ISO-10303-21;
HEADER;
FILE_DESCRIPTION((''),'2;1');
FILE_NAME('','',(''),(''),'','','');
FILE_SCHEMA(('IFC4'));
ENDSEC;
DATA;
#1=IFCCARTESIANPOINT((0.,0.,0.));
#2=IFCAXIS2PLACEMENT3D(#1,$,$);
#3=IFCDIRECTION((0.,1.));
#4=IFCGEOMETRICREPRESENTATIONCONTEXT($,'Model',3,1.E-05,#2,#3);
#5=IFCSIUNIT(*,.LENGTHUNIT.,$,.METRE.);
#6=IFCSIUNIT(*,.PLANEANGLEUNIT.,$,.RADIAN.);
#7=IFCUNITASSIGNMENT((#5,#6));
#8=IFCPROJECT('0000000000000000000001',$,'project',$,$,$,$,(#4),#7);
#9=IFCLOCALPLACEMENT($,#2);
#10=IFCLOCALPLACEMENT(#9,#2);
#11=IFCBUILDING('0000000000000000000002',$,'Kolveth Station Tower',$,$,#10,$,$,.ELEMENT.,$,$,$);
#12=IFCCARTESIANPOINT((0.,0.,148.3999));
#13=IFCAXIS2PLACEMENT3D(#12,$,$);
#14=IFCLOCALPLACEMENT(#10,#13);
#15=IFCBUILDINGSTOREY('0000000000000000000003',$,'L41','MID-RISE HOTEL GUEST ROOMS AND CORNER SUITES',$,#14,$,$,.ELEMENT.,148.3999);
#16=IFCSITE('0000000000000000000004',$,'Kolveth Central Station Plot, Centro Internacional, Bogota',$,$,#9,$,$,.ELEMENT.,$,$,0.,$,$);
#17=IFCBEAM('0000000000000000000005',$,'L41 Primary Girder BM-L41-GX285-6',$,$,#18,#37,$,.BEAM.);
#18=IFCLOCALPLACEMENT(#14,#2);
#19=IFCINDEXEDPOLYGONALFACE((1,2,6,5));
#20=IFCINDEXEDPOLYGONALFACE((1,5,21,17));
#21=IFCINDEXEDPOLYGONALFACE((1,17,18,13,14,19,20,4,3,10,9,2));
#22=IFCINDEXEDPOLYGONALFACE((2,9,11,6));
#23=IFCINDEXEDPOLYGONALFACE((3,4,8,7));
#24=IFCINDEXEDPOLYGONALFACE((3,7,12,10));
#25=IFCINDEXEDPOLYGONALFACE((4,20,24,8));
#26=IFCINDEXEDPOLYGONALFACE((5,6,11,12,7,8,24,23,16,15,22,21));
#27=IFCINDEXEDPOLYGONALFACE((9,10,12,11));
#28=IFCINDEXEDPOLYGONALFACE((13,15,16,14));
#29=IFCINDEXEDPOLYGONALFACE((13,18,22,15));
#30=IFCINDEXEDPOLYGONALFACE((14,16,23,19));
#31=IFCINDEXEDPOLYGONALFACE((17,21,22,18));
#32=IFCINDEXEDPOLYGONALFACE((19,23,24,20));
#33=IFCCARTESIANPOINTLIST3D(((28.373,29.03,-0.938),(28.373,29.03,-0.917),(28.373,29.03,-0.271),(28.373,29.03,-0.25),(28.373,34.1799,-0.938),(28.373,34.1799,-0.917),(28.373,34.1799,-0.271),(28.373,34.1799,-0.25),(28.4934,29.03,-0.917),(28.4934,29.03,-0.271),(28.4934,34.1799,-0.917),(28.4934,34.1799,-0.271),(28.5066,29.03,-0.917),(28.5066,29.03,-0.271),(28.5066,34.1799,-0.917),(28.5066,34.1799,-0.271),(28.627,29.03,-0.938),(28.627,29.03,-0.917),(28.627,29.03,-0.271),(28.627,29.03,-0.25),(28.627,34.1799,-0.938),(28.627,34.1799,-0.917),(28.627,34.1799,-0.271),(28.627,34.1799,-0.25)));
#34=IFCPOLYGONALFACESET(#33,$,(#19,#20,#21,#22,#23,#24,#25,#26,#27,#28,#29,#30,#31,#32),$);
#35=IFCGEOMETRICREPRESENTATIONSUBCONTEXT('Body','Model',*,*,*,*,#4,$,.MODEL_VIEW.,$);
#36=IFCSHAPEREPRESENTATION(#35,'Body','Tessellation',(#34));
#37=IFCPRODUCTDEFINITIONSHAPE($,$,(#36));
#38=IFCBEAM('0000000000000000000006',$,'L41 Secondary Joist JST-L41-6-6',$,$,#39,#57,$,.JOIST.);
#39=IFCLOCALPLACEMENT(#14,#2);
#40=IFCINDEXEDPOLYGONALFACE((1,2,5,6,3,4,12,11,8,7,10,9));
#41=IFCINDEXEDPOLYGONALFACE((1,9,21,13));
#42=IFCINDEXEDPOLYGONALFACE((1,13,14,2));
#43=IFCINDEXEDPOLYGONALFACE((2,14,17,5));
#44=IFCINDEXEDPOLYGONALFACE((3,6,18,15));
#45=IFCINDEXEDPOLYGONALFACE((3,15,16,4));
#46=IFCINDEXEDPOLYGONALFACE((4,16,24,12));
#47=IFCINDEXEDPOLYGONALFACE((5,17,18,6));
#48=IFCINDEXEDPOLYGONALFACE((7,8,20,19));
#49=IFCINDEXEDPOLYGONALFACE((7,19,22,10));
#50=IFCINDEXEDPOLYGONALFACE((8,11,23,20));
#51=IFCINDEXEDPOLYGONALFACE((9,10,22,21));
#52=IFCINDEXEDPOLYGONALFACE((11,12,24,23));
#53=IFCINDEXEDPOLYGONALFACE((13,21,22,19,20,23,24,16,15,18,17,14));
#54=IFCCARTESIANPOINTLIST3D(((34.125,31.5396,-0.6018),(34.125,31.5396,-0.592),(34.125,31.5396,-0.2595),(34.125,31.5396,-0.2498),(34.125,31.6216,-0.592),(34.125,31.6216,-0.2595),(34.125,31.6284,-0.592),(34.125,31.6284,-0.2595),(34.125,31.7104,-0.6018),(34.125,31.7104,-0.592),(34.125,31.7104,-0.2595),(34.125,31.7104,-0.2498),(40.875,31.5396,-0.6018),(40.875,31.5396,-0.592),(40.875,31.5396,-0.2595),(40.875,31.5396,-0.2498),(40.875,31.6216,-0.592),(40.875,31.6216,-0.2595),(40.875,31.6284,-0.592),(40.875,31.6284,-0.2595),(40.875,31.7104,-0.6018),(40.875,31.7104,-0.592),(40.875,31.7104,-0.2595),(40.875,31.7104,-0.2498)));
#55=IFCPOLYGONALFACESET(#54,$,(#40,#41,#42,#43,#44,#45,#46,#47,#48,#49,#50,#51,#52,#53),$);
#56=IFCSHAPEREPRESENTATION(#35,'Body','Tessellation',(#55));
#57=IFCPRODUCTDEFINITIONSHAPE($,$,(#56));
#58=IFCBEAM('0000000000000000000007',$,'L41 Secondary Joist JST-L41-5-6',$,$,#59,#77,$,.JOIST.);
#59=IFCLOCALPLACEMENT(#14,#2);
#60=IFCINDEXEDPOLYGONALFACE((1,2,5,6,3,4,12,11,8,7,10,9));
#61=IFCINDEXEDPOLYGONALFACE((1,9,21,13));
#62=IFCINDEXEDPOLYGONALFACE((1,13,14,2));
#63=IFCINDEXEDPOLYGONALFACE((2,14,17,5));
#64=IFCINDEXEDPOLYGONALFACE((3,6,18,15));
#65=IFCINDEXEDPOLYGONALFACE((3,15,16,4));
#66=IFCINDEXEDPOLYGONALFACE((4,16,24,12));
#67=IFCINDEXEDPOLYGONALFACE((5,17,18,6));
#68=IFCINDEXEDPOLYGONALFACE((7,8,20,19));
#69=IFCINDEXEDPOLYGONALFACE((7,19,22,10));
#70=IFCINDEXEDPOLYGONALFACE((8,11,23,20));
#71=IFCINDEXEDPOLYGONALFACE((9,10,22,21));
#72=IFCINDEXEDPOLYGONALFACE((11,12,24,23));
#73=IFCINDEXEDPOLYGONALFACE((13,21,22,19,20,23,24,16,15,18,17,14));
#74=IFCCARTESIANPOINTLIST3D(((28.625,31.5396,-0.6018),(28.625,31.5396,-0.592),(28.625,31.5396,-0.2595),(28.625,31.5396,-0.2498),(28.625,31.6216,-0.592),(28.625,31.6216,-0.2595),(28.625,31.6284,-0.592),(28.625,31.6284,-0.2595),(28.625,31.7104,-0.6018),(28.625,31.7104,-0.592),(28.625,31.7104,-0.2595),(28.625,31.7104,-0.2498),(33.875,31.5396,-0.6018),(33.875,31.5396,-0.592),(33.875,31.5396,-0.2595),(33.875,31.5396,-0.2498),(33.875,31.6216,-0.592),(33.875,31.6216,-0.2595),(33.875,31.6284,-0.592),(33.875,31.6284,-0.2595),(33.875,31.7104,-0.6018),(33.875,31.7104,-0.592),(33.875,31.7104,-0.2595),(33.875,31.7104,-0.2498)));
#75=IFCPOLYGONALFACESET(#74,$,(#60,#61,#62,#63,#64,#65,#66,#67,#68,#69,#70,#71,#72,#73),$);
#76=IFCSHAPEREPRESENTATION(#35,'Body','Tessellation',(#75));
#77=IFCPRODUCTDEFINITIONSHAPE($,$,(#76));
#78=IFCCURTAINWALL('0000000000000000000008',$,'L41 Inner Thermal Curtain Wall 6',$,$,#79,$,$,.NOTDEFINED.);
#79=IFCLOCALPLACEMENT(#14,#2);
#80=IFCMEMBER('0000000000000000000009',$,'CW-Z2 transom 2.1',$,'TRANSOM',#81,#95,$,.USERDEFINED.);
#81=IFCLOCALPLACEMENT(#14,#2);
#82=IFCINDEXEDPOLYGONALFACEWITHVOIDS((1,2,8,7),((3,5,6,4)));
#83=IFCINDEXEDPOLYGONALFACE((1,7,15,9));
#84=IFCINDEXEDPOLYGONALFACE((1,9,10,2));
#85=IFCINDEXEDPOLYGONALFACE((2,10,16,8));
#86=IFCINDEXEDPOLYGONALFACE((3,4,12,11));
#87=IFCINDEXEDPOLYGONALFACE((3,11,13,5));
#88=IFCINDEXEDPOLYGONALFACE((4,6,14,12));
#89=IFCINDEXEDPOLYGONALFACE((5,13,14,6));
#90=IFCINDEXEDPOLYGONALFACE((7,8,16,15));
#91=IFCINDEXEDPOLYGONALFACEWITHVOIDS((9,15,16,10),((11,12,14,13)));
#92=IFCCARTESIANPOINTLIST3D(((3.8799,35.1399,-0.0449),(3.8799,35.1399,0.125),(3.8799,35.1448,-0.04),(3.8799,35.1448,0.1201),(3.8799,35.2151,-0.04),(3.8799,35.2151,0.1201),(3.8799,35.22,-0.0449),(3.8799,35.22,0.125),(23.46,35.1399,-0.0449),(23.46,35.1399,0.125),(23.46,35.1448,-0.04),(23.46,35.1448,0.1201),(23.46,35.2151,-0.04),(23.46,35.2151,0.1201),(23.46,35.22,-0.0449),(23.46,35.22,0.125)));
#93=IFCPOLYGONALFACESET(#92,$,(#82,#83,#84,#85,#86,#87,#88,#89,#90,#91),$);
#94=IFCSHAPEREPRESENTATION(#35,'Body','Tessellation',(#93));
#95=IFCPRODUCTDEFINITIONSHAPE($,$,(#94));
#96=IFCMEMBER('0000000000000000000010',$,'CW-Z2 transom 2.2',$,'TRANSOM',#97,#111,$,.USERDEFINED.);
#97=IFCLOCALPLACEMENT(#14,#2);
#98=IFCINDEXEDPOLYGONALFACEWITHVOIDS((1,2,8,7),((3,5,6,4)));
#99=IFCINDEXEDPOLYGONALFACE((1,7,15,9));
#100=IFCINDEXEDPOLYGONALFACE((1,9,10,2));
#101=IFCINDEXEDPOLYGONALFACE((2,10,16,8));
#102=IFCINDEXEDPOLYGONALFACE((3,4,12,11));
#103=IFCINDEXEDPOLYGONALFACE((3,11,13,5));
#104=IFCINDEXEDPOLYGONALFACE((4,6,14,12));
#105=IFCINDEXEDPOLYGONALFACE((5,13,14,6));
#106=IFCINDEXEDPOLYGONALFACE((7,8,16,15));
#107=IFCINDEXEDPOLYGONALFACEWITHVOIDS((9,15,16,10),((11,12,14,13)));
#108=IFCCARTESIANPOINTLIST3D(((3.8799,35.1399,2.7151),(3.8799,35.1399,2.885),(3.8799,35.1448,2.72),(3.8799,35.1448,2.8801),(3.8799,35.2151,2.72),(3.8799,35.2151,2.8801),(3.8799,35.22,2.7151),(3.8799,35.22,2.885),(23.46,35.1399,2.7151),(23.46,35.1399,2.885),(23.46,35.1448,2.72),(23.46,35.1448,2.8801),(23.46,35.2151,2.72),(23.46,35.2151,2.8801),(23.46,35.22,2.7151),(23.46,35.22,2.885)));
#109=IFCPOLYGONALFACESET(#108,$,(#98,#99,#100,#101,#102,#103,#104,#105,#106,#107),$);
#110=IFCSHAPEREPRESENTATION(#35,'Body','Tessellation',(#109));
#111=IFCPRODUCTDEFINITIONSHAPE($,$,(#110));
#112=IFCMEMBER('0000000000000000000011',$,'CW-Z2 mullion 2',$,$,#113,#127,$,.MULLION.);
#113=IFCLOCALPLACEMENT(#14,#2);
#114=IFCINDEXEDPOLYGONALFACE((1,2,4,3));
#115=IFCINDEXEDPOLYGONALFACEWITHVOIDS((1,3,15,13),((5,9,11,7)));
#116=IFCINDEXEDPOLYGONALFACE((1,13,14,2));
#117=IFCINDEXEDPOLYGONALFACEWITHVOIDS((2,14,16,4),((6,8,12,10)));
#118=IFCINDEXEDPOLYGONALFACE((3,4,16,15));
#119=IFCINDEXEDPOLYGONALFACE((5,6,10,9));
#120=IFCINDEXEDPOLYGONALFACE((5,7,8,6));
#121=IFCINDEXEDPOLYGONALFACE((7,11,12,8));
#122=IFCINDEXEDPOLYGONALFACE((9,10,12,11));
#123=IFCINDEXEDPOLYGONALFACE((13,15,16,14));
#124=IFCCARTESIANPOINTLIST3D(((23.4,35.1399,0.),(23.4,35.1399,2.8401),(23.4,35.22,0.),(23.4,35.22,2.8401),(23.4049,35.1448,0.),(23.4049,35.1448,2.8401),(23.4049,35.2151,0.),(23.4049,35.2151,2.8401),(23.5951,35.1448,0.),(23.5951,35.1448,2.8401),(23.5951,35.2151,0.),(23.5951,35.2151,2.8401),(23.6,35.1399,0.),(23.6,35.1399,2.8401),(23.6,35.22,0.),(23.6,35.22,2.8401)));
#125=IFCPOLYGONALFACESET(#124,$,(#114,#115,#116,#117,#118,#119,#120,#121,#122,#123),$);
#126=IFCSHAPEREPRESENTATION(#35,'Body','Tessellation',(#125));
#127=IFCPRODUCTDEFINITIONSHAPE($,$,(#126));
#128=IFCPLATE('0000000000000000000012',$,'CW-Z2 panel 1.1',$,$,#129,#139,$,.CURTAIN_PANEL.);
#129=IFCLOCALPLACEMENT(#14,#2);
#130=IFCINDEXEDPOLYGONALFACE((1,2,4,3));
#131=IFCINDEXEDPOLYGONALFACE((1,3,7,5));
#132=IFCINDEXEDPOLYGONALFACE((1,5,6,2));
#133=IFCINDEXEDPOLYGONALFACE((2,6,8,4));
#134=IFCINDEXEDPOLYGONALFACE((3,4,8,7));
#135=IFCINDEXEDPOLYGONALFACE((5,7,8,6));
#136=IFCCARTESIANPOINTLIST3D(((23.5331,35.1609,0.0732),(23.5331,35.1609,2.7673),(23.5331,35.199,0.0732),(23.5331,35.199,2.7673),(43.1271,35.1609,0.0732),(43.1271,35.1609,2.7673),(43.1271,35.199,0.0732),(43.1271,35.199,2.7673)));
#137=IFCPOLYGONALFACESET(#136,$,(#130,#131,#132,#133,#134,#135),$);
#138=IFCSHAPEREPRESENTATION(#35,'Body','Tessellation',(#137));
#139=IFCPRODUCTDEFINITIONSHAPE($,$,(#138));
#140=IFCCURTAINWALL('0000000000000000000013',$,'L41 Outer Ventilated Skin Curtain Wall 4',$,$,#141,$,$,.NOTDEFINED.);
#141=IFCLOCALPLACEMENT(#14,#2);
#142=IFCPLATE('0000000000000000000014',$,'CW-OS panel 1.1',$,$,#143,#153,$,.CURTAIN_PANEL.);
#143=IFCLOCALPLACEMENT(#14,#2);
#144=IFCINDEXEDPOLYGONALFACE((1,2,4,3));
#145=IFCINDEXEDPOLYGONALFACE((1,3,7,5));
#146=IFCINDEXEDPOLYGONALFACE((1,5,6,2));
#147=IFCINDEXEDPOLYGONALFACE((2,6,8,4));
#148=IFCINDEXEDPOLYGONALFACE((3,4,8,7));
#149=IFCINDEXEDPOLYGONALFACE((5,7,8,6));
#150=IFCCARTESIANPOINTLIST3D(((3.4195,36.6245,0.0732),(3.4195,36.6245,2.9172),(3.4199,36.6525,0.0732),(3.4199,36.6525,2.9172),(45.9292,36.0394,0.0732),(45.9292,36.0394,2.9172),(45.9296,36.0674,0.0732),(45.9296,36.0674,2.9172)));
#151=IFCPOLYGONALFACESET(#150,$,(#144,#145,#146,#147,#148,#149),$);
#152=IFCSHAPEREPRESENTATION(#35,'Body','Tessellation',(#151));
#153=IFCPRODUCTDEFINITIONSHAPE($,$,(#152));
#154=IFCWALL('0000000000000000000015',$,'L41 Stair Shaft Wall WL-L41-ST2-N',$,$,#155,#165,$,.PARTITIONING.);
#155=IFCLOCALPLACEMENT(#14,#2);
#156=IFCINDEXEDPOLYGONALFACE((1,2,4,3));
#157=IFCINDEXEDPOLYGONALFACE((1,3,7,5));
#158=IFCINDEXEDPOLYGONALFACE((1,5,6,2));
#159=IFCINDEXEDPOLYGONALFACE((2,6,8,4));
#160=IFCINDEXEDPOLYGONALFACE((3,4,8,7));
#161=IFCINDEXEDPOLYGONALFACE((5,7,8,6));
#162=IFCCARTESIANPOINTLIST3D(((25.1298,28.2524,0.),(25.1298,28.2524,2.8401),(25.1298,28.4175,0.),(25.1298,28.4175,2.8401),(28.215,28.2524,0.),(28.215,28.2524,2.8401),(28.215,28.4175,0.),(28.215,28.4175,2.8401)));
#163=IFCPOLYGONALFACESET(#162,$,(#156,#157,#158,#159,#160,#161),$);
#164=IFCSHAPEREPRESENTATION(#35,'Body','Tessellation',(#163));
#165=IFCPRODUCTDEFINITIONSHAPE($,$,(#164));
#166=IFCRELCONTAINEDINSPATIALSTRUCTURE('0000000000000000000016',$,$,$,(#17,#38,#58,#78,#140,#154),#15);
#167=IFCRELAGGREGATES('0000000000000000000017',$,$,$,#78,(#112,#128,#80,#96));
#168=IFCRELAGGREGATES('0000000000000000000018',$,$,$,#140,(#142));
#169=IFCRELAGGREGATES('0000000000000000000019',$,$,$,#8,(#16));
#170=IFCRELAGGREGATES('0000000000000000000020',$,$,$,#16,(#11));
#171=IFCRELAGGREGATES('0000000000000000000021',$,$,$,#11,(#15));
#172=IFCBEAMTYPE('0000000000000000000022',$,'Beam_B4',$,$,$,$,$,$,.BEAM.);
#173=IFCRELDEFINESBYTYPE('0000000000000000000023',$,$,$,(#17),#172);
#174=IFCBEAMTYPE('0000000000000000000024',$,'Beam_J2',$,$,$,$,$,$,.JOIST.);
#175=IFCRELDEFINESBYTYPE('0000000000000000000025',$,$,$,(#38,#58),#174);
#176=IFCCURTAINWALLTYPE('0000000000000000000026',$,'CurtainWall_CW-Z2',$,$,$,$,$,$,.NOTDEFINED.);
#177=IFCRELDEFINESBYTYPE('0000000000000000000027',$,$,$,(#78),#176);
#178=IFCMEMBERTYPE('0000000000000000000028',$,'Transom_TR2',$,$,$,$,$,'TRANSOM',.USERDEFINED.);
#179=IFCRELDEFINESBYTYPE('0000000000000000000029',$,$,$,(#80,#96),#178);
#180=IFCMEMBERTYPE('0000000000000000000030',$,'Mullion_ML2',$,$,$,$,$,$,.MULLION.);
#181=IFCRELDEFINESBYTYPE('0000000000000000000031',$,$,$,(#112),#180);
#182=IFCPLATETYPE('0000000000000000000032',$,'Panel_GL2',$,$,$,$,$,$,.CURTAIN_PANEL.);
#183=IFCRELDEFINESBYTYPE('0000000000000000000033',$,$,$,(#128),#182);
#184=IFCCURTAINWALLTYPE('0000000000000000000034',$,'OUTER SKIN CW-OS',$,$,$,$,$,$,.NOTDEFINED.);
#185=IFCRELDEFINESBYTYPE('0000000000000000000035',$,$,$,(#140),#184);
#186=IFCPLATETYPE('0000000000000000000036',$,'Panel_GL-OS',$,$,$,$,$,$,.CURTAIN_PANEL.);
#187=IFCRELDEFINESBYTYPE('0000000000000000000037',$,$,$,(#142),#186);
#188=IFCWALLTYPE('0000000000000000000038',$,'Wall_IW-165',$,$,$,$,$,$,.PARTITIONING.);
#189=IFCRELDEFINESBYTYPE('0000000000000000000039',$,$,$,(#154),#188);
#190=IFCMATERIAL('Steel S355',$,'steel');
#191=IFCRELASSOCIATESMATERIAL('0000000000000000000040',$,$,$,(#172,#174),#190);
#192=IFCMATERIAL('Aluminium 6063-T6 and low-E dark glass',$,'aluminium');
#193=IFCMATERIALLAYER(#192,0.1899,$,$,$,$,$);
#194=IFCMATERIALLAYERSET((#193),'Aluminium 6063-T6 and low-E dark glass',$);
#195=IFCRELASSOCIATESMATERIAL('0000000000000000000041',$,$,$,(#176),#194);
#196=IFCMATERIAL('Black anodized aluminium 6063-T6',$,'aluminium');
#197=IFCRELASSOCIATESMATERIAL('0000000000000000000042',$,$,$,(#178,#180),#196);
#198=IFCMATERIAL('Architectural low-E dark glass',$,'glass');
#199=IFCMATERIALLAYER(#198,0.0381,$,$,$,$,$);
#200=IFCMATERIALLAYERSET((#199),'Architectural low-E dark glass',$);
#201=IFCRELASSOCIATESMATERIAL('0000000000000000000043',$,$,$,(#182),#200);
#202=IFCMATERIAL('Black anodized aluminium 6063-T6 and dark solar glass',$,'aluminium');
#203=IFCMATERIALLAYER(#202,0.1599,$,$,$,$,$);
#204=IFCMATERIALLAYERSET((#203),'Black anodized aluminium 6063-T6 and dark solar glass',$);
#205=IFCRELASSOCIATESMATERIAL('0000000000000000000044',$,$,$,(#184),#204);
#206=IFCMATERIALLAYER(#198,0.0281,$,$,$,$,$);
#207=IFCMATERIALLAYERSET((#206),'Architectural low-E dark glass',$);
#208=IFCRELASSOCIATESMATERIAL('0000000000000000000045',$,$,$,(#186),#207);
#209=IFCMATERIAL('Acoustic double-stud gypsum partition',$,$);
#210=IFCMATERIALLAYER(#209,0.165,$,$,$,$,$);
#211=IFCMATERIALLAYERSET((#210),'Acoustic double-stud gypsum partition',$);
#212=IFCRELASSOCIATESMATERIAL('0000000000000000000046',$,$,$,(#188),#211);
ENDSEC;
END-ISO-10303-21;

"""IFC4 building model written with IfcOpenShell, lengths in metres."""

from ifc_helpers import new_model, si_unit, direction, frame, frame_2d, origin, origin_2d, place, context, subcontext, project, spatial, rectangle, hollow_rectangle, i_section, extrude, source, transform, mapped, material, layer, layer_set, material_profile, profile_set, type_object, element, aggregate, save


model = new_model("IFC4")

# Units and contexts
model_context = context("Model", 3, precision=1e-05, world=origin(), true_north=direction((0.0, 1.0)))
body_context = subcontext(model_context, "Body", "Model", "MODEL_VIEW")
ifc_project = project(units=[si_unit("LENGTHUNIT", "METRE"), si_unit("PLANEANGLEUNIT", "RADIAN")], contexts=[model_context])

# Site, building, storey
site_placement = place(None, origin())
site = spatial("IfcSite", under=ifc_project, at=site_placement, Name="Kolveth Central Station Plot, Centro Internacional, Bogota", CompositionType="ELEMENT", RefElevation=0.0)
building_placement = place(site_placement, origin())
building = spatial("IfcBuilding", under=site, at=building_placement, Name="Kolveth Station Tower", CompositionType="ELEMENT")
storey_placement = place(building_placement, frame((0.0, 0.0, 148.3999)))
storey = spatial("IfcBuildingStorey", under=building, at=storey_placement, Name="L41", Description="MID-RISE HOTEL GUEST ROOMS AND CORNER SUITES", CompositionType="ELEMENT", Elevation=148.3999)

# Shared definitions
ifc_material_1 = material(Name="Steel S355", Category="steel")

# Beams
ifc_material_profile_1 = material_profile(ifc_material_1, i_section(OverallWidth=0.2539, OverallDepth=0.688, WebThickness=0.0132, FlangeThickness=0.021, at=origin_2d()), Name="W690x152")
ifc_profile_set_1 = profile_set([ifc_material_profile_1], Name="Steel S355")
beam_type_1 = type_object("IfcBeamType", Name="Beam_B4", PredefinedType="BEAM", material=ifc_profile_set_1)
shared_shape_1 = source(origin(), body_context, "Body", "SweptSolid", [
    extrude(i_section(OverallWidth=0.2539, OverallDepth=0.688, WebThickness=0.0132, FlangeThickness=0.021, at=origin_2d()), origin(), (0.0, 0.0, 1.0), 5.1499),
])
beam_1_placement = place(storey_placement, frame((28.5, 29.03, -0.594), z_axis=(0.0, 1.0, 0.0), x_axis=(-1.0, 0.0, 0.0)))
element("IfcBeam", 1, at=beam_1_placement, inside=storey, type_object=beam_type_1, Name="L41 Primary Girder BM-L41-GX285-6", PredefinedType="BEAM", context=body_context, shape_type="MappedRepresentation", body=[
    mapped(shared_shape_1, transform((0.0, 0.0, 0.0), x_axis=(1.0, 0.0, 0.0), y_axis=(0.0, 1.0, 0.0), z_axis=(0.0, 0.0, 1.0), scale=1.0)),
])
ifc_material_profile_2 = material_profile(ifc_material_1, i_section(OverallWidth=0.1709, OverallDepth=0.3521, WebThickness=0.0068, FlangeThickness=0.0098, at=origin_2d()), Name="W360x44")
ifc_profile_set_2 = profile_set([ifc_material_profile_2], Name="Steel S355")
beam_type_2 = type_object("IfcBeamType", Name="Beam_J2", PredefinedType="JOIST", material=ifc_profile_set_2)
shared_shape_2 = source(origin(), body_context, "Body", "SweptSolid", [
    extrude(i_section(OverallWidth=0.1709, OverallDepth=0.3521, WebThickness=0.0068, FlangeThickness=0.0098, at=origin_2d()), origin(), (0.0, 0.0, 1.0), 6.75),
])
beam_2_placement = place(storey_placement, frame((34.125, 31.625, -0.4258), z_axis=(1.0, 0.0, 0.0), x_axis=(0.0, 1.0, 0.0)))
element("IfcBeam", 2, at=beam_2_placement, inside=storey, type_object=beam_type_2, Name="L41 Secondary Joist JST-L41-6-6", PredefinedType="JOIST", context=body_context, shape_type="MappedRepresentation", body=[
    mapped(shared_shape_2, transform((0.0, 0.0, 0.0), x_axis=(1.0, 0.0, 0.0), y_axis=(0.0, 1.0, 0.0), z_axis=(0.0, 0.0, 1.0), scale=1.0)),
])
shared_shape_3 = source(origin(), body_context, "Body", "SweptSolid", [
    extrude(i_section(OverallWidth=0.1709, OverallDepth=0.3521, WebThickness=0.0068, FlangeThickness=0.0098, at=origin_2d()), origin(), (0.0, 0.0, 1.0), 5.25),
])
beam_3_placement = place(storey_placement, frame((28.625, 31.625, -0.4258), z_axis=(1.0, 0.0, 0.0), x_axis=(0.0, 1.0, 0.0)))
element("IfcBeam", 3, at=beam_3_placement, inside=storey, type_object=beam_type_2, Name="L41 Secondary Joist JST-L41-5-6", PredefinedType="JOIST", context=body_context, shape_type="MappedRepresentation", body=[
    mapped(shared_shape_3, transform((0.0, 0.0, 0.0), x_axis=(1.0, 0.0, 0.0), y_axis=(0.0, 1.0, 0.0), z_axis=(0.0, 0.0, 1.0), scale=1.0)),
])

# Curtain wall, members, plate
ifc_material_2 = material(Name="Aluminium 6063-T6 and low-E dark glass", Category="aluminium")
ifc_layer_1 = layer(ifc_material_2, 0.1899)
ifc_layer_set_1 = layer_set([ifc_layer_1], Name="Aluminium 6063-T6 and low-E dark glass")
curtain_wall_type_1 = type_object("IfcCurtainWallType", Name="CurtainWall_CW-Z2", PredefinedType="NOTDEFINED", material=ifc_layer_set_1)
curtain_wall_1_placement = place(storey_placement, origin())
curtain_wall_1 = element("IfcCurtainWall", 4, at=curtain_wall_1_placement, inside=storey, type_object=curtain_wall_type_1, Name="L41 Inner Thermal Curtain Wall 6", PredefinedType="NOTDEFINED")
ifc_material_3 = material(Name="Black anodized aluminium 6063-T6", Category="aluminium")
ifc_material_profile_3 = material_profile(ifc_material_3, hollow_rectangle(XDim=0.0801, YDim=0.1699, WallThickness=0.0049, at=origin_2d()), Name="ALU-80x170x5")
ifc_profile_set_3 = profile_set([ifc_material_profile_3], Name="Black anodized aluminium 6063-T6")
member_type_1 = type_object("IfcMemberType", Name="Transom_TR2", ElementType="TRANSOM", PredefinedType="USERDEFINED", material=ifc_profile_set_3)
shared_shape_4 = source(origin(), body_context, "Body", "SweptSolid", [
    extrude(hollow_rectangle(XDim=0.0801, YDim=0.1699, WallThickness=0.0049, at=origin_2d()), origin(), (0.0, 0.0, 1.0), 19.5801),
])
member_1_placement = place(storey_placement, frame((23.46, 35.1799, 0.04), z_axis=(-1.0, 0.0, 0.0), x_axis=(0.0, -1.0, 0.0)))
member_1 = element("IfcMember", 5, at=member_1_placement, type_object=member_type_1, Name="CW-Z2 transom 2.1", ObjectType="TRANSOM", PredefinedType="USERDEFINED", context=body_context, shape_type="MappedRepresentation", body=[
    mapped(shared_shape_4, transform((0.0, 0.0, 0.0), x_axis=(1.0, 0.0, 0.0), y_axis=(0.0, 1.0, 0.0), z_axis=(0.0, 0.0, 1.0), scale=1.0)),
])
member_2_placement = place(storey_placement, frame((23.46, 35.1799, 2.8), z_axis=(-1.0, 0.0, 0.0), x_axis=(0.0, -1.0, 0.0)))
member_2 = element("IfcMember", 6, at=member_2_placement, type_object=member_type_1, Name="CW-Z2 transom 2.2", ObjectType="TRANSOM", PredefinedType="USERDEFINED", context=body_context, shape_type="MappedRepresentation", body=[
    mapped(shared_shape_4, transform((0.0, 0.0, 0.0), x_axis=(1.0, 0.0, 0.0), y_axis=(0.0, 1.0, 0.0), z_axis=(0.0, 0.0, 1.0), scale=1.0)),
])
ifc_material_profile_4 = material_profile(ifc_material_3, hollow_rectangle(XDim=0.0801, YDim=0.2, WallThickness=0.0049, at=origin_2d()), Name="ALU-80x200x5")
ifc_profile_set_4 = profile_set([ifc_material_profile_4], Name="Black anodized aluminium 6063-T6")
member_type_2 = type_object("IfcMemberType", Name="Mullion_ML2", PredefinedType="MULLION", material=ifc_profile_set_4)
shared_shape_5 = source(origin(), body_context, "Body", "SweptSolid", [
    extrude(hollow_rectangle(XDim=0.0801, YDim=0.2, WallThickness=0.0049, at=origin_2d()), origin(), (0.0, 0.0, 1.0), 2.8401),
])
member_3_placement = place(storey_placement, frame((23.5, 35.1799, 0.0), z_axis=(0.0, 0.0, 1.0), x_axis=(0.0, -1.0, 0.0)))
member_3 = element("IfcMember", 7, at=member_3_placement, type_object=member_type_2, Name="CW-Z2 mullion 2", PredefinedType="MULLION", context=body_context, shape_type="MappedRepresentation", body=[
    mapped(shared_shape_5, transform((0.0, 0.0, 0.0), x_axis=(1.0, 0.0, 0.0), y_axis=(0.0, 1.0, 0.0), z_axis=(0.0, 0.0, 1.0), scale=1.0)),
])
ifc_material_4 = material(Name="Architectural low-E dark glass", Category="glass")
ifc_layer_2 = layer(ifc_material_4, 0.0381)
ifc_layer_set_2 = layer_set([ifc_layer_2], Name="Architectural low-E dark glass")
plate_type_1 = type_object("IfcPlateType", Name="Panel_GL2", PredefinedType="CURTAIN_PANEL", material=ifc_layer_set_2)
shared_shape_6 = source(origin(), body_context, "Body", "SweptSolid", [
    extrude(rectangle(XDim=19.594, YDim=0.0381, at=origin_2d()), origin(), (0.0, 0.0, 1.0), 2.6941),
])
plate_1_placement = place(storey_placement, frame((33.3301, 35.1799, 0.0732), z_axis=(0.0, 0.0, 1.0), x_axis=(-1.0, 0.0, 0.0)))
plate_1 = element("IfcPlate", 8, at=plate_1_placement, type_object=plate_type_1, Name="CW-Z2 panel 1.1", PredefinedType="CURTAIN_PANEL", context=body_context, shape_type="MappedRepresentation", body=[
    mapped(shared_shape_6, transform((0.0, 0.0, 0.0), x_axis=(1.0, 0.0, 0.0), y_axis=(0.0, 1.0, 0.0), z_axis=(0.0, 0.0, 1.0), scale=1.0)),
])
aggregate(curtain_wall_1, [member_3, plate_1, member_1, member_2])

# Curtain wall, plate
ifc_material_5 = material(Name="Black anodized aluminium 6063-T6 and dark solar glass", Category="aluminium")
ifc_layer_3 = layer(ifc_material_5, 0.1599)
ifc_layer_set_3 = layer_set([ifc_layer_3], Name="Black anodized aluminium 6063-T6 and dark solar glass")
curtain_wall_type_2 = type_object("IfcCurtainWallType", Name="OUTER SKIN CW-OS", PredefinedType="NOTDEFINED", material=ifc_layer_set_3)
curtain_wall_2_placement = place(storey_placement, origin())
curtain_wall_2 = element("IfcCurtainWall", 9, at=curtain_wall_2_placement, inside=storey, type_object=curtain_wall_type_2, Name="L41 Outer Ventilated Skin Curtain Wall 4", PredefinedType="NOTDEFINED")
ifc_layer_4 = layer(ifc_material_4, 0.0281)
ifc_layer_set_4 = layer_set([ifc_layer_4], Name="Architectural low-E dark glass")
plate_type_2 = type_object("IfcPlateType", Name="Panel_GL-OS", PredefinedType="CURTAIN_PANEL", material=ifc_layer_set_4)
shared_shape_7 = source(origin(), body_context, "Body", "SweptSolid", [
    extrude(rectangle(XDim=42.5137, YDim=0.0281, at=origin_2d()), origin(), (0.0, 0.0, 1.0), 2.844),
])
plate_2_placement = place(storey_placement, frame((24.6746, 36.3459, 0.0732), z_axis=(0.0, 0.0, 1.0), x_axis=(-0.999905, 0.013763, 0.0)))
plate_2 = element("IfcPlate", 10, at=plate_2_placement, type_object=plate_type_2, Name="CW-OS panel 1.1", PredefinedType="CURTAIN_PANEL", context=body_context, shape_type="MappedRepresentation", body=[
    mapped(shared_shape_7, transform((0.0, 0.0, 0.0), x_axis=(1.0, 0.0, 0.0), y_axis=(0.0, 1.0, 0.0), z_axis=(0.0, 0.0, 1.0), scale=1.0)),
])
aggregate(curtain_wall_2, [plate_2])

# Wall
ifc_material_6 = material(Name="Acoustic double-stud gypsum partition")
ifc_layer_5 = layer(ifc_material_6, 0.165)
ifc_layer_set_5 = layer_set([ifc_layer_5], Name="Acoustic double-stud gypsum partition")
wall_type = type_object("IfcWallType", Name="Wall_IW-165", PredefinedType="PARTITIONING", material=ifc_layer_set_5)
wall_1_placement = place(storey_placement, frame((25.1299, 28.335, 0.0), z_axis=(0.0, 0.0, 1.0), x_axis=(1.0, 0.0, 0.0)))
element("IfcWall", 11, at=wall_1_placement, inside=storey, type_object=wall_type, Name="L41 Stair Shaft Wall WL-L41-ST2-N", PredefinedType="PARTITIONING", context=body_context, shape_type="SweptSolid", body=[
    extrude(rectangle(XDim=3.0852, YDim=0.165, at=frame_2d((1.5425, 0.0))), origin(), (0.0, 0.0, 1.0), 2.8401),
])

save(model, "model.ifc")
